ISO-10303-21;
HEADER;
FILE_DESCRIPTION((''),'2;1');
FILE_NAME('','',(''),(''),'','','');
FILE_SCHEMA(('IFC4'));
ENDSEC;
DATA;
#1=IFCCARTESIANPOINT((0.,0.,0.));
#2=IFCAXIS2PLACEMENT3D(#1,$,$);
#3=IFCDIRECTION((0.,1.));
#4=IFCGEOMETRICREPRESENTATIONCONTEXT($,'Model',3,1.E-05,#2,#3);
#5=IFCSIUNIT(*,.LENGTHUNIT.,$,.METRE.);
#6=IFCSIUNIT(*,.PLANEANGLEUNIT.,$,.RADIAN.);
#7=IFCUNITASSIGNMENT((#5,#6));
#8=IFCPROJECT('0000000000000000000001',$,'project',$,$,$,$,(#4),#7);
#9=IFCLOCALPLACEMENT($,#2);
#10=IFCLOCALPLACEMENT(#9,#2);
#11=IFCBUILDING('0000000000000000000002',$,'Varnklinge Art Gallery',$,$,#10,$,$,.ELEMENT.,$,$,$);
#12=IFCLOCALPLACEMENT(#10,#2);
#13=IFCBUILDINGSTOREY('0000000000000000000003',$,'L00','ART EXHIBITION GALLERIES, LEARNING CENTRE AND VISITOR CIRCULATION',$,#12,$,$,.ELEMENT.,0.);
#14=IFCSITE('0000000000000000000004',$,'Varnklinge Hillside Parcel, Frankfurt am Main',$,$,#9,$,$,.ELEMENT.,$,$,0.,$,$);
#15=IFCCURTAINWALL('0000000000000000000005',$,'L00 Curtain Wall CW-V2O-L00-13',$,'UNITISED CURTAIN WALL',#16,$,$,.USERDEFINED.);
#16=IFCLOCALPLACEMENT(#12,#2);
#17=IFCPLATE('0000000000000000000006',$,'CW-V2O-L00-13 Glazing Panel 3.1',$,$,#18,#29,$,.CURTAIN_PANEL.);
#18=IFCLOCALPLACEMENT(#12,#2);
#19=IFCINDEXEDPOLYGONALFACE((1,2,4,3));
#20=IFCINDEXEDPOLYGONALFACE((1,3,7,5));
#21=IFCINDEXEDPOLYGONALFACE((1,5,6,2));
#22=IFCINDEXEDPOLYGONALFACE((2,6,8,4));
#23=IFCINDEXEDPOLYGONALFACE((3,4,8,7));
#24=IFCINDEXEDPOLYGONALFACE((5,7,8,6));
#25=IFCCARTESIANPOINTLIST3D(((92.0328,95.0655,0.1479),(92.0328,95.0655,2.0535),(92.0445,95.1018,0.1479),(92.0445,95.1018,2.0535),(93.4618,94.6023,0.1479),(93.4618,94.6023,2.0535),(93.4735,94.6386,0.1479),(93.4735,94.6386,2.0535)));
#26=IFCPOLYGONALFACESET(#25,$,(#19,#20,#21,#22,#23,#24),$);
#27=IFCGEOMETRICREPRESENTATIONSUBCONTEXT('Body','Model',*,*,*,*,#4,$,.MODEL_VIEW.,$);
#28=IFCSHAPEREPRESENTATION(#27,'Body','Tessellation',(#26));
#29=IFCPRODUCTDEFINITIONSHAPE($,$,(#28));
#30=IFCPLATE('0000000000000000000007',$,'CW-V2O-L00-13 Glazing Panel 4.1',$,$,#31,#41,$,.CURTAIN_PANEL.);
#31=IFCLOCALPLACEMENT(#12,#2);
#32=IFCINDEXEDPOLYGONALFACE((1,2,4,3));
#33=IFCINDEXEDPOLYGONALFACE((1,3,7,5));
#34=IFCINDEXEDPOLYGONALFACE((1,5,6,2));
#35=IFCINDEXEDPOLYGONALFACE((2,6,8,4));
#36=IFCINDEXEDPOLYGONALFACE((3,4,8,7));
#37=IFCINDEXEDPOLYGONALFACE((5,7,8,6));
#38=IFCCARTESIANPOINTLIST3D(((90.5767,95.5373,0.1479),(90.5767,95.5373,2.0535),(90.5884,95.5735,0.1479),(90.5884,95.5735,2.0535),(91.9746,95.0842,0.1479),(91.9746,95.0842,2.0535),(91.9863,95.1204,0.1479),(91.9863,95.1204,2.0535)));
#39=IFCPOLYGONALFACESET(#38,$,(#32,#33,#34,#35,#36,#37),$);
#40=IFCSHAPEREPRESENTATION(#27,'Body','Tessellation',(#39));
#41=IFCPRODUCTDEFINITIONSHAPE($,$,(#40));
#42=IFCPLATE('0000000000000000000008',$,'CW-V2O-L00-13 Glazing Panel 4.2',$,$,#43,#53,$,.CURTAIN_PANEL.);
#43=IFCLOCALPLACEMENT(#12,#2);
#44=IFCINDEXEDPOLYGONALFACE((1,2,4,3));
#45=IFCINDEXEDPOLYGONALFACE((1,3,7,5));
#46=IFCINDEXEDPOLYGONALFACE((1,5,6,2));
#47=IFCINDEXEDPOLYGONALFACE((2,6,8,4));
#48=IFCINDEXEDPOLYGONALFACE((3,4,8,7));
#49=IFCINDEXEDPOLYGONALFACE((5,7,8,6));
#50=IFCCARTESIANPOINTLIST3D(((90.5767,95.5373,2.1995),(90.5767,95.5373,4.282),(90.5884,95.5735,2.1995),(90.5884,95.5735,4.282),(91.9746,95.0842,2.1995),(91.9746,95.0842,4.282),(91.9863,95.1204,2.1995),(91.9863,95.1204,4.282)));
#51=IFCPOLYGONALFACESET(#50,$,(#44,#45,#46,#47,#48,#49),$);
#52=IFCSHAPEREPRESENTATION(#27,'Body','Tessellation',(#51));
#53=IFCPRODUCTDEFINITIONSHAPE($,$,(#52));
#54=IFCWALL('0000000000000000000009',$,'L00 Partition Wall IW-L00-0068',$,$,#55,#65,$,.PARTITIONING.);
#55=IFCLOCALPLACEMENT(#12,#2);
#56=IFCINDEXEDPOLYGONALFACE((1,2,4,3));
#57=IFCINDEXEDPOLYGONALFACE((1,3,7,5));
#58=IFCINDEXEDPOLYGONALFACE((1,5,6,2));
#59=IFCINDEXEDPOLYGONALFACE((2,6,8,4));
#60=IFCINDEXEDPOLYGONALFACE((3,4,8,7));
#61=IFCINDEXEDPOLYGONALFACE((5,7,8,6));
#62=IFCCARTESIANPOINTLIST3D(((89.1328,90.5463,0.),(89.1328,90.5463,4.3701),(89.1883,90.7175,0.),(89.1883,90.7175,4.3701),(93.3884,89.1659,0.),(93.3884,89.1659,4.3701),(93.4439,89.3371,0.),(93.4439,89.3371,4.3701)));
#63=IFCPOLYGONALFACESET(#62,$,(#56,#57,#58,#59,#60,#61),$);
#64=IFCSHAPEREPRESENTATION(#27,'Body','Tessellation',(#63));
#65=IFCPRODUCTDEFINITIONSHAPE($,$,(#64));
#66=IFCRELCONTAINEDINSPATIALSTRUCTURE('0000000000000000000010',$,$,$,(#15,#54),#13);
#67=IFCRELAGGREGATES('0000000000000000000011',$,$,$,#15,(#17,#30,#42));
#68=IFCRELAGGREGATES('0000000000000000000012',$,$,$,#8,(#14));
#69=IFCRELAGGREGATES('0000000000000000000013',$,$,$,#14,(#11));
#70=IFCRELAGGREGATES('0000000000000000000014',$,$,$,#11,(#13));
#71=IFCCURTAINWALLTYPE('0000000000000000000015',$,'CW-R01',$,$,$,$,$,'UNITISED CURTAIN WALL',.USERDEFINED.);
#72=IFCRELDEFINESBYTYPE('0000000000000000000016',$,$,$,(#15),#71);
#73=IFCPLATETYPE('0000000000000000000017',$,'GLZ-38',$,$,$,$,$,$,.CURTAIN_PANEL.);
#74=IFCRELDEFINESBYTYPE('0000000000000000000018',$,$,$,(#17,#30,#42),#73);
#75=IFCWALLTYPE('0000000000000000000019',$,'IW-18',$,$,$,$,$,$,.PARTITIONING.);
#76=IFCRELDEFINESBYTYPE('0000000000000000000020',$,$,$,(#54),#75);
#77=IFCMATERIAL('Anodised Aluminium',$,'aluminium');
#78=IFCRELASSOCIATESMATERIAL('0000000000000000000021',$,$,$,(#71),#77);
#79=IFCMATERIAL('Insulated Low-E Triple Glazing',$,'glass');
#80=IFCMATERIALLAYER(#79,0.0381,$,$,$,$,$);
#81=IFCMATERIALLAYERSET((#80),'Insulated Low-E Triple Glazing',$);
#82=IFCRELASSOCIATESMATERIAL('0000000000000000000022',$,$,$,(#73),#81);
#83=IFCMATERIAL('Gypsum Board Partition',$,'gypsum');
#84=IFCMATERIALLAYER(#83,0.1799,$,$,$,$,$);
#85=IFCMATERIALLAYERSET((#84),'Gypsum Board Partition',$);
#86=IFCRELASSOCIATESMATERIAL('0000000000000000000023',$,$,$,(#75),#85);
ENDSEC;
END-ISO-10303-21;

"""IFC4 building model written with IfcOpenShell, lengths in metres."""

from ifc_helpers import new_model, si_unit, direction, frame, frame_2d, origin, origin_2d, place, context, subcontext, project, spatial, rectangle, extrude, material, layer, layer_set, type_object, element, aggregate, save


model = new_model("IFC4")

# Units and contexts
model_context = context("Model", 3, precision=1e-05, world=origin(), true_north=direction((0.0, 1.0)))
body_context = subcontext(model_context, "Body", "Model", "MODEL_VIEW")
ifc_project = project(units=[si_unit("LENGTHUNIT", "METRE"), si_unit("PLANEANGLEUNIT", "RADIAN")], contexts=[model_context])

# Site, building, storey
site_placement = place(None, origin())
site = spatial("IfcSite", under=ifc_project, at=site_placement, Name="Varnklinge Hillside Parcel, Frankfurt am Main", CompositionType="ELEMENT", RefElevation=0.0)
building_placement = place(site_placement, origin())
building = spatial("IfcBuilding", under=site, at=building_placement, Name="Varnklinge Art Gallery", CompositionType="ELEMENT")
storey_placement = place(building_placement, origin())
storey = spatial("IfcBuildingStorey", under=building, at=storey_placement, Name="L00", Description="ART EXHIBITION GALLERIES, LEARNING CENTRE AND VISITOR CIRCULATION", CompositionType="ELEMENT", Elevation=0.0)

# Curtain wall
ifc_material_1 = material(Name="Anodised Aluminium", Category="aluminium")
curtain_wall_type_1 = type_object("IfcCurtainWallType", Name="CW-R01", ElementType="UNITISED CURTAIN WALL", PredefinedType="USERDEFINED", material=ifc_material_1)
curtain_wall_1_placement = place(storey_placement, origin())
curtain_wall_1 = element("IfcCurtainWall", 1, at=curtain_wall_1_placement, inside=storey, type_object=curtain_wall_type_1, Name="L00 Curtain Wall CW-V2O-L00-13", ObjectType="UNITISED CURTAIN WALL", PredefinedType="USERDEFINED")

# Plates
ifc_material_2 = material(Name="Insulated Low-E Triple Glazing", Category="glass")
ifc_layer_1 = layer(ifc_material_2, 0.0381)
ifc_layer_set_1 = layer_set([ifc_layer_1], Name="Insulated Low-E Triple Glazing")
plate_type_1 = type_object("IfcPlateType", Name="GLZ-38", PredefinedType="CURTAIN_PANEL", material=ifc_layer_set_1)
plate_1_placement = place(storey_placement, frame((92.7532, 94.8521, 0.1479), z_axis=(0.0, 0.0, 1.0), x_axis=(-0.951272, 0.308353, 0.0)))
plate_1 = element("IfcPlate", 2, at=plate_1_placement, type_object=plate_type_1, Name="CW-V2O-L00-13 Glazing Panel 3.1", PredefinedType="CURTAIN_PANEL", context=body_context, shape_type="SweptSolid", body=[
    extrude(rectangle(XDim=1.5022, YDim=0.0381, at=origin_2d()), origin(), (0.0, 0.0, 1.0), 1.9055),
])
plate_2_placement = place(storey_placement, frame((91.2815, 95.3289, 0.1479), z_axis=(0.0, 0.0, 1.0), x_axis=(-0.951272, 0.308353, 0.0)))
plate_2 = element("IfcPlate", 3, at=plate_2_placement, type_object=plate_type_1, Name="CW-V2O-L00-13 Glazing Panel 4.1", PredefinedType="CURTAIN_PANEL", context=body_context, shape_type="SweptSolid", body=[
    extrude(rectangle(XDim=1.4695, YDim=0.0381, at=origin_2d()), origin(), (0.0, 0.0, 1.0), 1.9055),
])
plate_3_placement = place(storey_placement, frame((91.2815, 95.3289, 2.1995), z_axis=(0.0, 0.0, 1.0), x_axis=(-0.951272, 0.308353, 0.0)))
plate_3 = element("IfcPlate", 4, at=plate_3_placement, type_object=plate_type_1, Name="CW-V2O-L00-13 Glazing Panel 4.2", PredefinedType="CURTAIN_PANEL", context=body_context, shape_type="SweptSolid", body=[
    extrude(rectangle(XDim=1.4695, YDim=0.0381, at=origin_2d()), origin(), (0.0, 0.0, 1.0), 2.0825),
])
aggregate(curtain_wall_1, [plate_1, plate_2, plate_3])

# Wall
ifc_material_3 = material(Name="Gypsum Board Partition", Category="gypsum")
ifc_layer_2 = layer(ifc_material_3, 0.1799)
ifc_layer_set_2 = layer_set([ifc_layer_2], Name="Gypsum Board Partition")
wall_type = type_object("IfcWallType", Name="IW-18", PredefinedType="PARTITIONING", material=ifc_layer_set_2)
wall_placement = place(storey_placement, frame((89.1606, 90.6318, 0.0), z_axis=(0.0, 0.0, 1.0), x_axis=(0.951212, -0.308539, 0.0)))
element("IfcWall", 5, at=wall_placement, inside=storey, type_object=wall_type, Name="L00 Partition Wall IW-L00-0068", PredefinedType="PARTITIONING", context=body_context, shape_type="SweptSolid", body=[
    extrude(rectangle(XDim=4.4739, YDim=0.1799, at=frame_2d((2.2368, 0.0))), origin(), (0.0, 0.0, 1.0), 4.3701),
])

save(model, "model.ifc")
